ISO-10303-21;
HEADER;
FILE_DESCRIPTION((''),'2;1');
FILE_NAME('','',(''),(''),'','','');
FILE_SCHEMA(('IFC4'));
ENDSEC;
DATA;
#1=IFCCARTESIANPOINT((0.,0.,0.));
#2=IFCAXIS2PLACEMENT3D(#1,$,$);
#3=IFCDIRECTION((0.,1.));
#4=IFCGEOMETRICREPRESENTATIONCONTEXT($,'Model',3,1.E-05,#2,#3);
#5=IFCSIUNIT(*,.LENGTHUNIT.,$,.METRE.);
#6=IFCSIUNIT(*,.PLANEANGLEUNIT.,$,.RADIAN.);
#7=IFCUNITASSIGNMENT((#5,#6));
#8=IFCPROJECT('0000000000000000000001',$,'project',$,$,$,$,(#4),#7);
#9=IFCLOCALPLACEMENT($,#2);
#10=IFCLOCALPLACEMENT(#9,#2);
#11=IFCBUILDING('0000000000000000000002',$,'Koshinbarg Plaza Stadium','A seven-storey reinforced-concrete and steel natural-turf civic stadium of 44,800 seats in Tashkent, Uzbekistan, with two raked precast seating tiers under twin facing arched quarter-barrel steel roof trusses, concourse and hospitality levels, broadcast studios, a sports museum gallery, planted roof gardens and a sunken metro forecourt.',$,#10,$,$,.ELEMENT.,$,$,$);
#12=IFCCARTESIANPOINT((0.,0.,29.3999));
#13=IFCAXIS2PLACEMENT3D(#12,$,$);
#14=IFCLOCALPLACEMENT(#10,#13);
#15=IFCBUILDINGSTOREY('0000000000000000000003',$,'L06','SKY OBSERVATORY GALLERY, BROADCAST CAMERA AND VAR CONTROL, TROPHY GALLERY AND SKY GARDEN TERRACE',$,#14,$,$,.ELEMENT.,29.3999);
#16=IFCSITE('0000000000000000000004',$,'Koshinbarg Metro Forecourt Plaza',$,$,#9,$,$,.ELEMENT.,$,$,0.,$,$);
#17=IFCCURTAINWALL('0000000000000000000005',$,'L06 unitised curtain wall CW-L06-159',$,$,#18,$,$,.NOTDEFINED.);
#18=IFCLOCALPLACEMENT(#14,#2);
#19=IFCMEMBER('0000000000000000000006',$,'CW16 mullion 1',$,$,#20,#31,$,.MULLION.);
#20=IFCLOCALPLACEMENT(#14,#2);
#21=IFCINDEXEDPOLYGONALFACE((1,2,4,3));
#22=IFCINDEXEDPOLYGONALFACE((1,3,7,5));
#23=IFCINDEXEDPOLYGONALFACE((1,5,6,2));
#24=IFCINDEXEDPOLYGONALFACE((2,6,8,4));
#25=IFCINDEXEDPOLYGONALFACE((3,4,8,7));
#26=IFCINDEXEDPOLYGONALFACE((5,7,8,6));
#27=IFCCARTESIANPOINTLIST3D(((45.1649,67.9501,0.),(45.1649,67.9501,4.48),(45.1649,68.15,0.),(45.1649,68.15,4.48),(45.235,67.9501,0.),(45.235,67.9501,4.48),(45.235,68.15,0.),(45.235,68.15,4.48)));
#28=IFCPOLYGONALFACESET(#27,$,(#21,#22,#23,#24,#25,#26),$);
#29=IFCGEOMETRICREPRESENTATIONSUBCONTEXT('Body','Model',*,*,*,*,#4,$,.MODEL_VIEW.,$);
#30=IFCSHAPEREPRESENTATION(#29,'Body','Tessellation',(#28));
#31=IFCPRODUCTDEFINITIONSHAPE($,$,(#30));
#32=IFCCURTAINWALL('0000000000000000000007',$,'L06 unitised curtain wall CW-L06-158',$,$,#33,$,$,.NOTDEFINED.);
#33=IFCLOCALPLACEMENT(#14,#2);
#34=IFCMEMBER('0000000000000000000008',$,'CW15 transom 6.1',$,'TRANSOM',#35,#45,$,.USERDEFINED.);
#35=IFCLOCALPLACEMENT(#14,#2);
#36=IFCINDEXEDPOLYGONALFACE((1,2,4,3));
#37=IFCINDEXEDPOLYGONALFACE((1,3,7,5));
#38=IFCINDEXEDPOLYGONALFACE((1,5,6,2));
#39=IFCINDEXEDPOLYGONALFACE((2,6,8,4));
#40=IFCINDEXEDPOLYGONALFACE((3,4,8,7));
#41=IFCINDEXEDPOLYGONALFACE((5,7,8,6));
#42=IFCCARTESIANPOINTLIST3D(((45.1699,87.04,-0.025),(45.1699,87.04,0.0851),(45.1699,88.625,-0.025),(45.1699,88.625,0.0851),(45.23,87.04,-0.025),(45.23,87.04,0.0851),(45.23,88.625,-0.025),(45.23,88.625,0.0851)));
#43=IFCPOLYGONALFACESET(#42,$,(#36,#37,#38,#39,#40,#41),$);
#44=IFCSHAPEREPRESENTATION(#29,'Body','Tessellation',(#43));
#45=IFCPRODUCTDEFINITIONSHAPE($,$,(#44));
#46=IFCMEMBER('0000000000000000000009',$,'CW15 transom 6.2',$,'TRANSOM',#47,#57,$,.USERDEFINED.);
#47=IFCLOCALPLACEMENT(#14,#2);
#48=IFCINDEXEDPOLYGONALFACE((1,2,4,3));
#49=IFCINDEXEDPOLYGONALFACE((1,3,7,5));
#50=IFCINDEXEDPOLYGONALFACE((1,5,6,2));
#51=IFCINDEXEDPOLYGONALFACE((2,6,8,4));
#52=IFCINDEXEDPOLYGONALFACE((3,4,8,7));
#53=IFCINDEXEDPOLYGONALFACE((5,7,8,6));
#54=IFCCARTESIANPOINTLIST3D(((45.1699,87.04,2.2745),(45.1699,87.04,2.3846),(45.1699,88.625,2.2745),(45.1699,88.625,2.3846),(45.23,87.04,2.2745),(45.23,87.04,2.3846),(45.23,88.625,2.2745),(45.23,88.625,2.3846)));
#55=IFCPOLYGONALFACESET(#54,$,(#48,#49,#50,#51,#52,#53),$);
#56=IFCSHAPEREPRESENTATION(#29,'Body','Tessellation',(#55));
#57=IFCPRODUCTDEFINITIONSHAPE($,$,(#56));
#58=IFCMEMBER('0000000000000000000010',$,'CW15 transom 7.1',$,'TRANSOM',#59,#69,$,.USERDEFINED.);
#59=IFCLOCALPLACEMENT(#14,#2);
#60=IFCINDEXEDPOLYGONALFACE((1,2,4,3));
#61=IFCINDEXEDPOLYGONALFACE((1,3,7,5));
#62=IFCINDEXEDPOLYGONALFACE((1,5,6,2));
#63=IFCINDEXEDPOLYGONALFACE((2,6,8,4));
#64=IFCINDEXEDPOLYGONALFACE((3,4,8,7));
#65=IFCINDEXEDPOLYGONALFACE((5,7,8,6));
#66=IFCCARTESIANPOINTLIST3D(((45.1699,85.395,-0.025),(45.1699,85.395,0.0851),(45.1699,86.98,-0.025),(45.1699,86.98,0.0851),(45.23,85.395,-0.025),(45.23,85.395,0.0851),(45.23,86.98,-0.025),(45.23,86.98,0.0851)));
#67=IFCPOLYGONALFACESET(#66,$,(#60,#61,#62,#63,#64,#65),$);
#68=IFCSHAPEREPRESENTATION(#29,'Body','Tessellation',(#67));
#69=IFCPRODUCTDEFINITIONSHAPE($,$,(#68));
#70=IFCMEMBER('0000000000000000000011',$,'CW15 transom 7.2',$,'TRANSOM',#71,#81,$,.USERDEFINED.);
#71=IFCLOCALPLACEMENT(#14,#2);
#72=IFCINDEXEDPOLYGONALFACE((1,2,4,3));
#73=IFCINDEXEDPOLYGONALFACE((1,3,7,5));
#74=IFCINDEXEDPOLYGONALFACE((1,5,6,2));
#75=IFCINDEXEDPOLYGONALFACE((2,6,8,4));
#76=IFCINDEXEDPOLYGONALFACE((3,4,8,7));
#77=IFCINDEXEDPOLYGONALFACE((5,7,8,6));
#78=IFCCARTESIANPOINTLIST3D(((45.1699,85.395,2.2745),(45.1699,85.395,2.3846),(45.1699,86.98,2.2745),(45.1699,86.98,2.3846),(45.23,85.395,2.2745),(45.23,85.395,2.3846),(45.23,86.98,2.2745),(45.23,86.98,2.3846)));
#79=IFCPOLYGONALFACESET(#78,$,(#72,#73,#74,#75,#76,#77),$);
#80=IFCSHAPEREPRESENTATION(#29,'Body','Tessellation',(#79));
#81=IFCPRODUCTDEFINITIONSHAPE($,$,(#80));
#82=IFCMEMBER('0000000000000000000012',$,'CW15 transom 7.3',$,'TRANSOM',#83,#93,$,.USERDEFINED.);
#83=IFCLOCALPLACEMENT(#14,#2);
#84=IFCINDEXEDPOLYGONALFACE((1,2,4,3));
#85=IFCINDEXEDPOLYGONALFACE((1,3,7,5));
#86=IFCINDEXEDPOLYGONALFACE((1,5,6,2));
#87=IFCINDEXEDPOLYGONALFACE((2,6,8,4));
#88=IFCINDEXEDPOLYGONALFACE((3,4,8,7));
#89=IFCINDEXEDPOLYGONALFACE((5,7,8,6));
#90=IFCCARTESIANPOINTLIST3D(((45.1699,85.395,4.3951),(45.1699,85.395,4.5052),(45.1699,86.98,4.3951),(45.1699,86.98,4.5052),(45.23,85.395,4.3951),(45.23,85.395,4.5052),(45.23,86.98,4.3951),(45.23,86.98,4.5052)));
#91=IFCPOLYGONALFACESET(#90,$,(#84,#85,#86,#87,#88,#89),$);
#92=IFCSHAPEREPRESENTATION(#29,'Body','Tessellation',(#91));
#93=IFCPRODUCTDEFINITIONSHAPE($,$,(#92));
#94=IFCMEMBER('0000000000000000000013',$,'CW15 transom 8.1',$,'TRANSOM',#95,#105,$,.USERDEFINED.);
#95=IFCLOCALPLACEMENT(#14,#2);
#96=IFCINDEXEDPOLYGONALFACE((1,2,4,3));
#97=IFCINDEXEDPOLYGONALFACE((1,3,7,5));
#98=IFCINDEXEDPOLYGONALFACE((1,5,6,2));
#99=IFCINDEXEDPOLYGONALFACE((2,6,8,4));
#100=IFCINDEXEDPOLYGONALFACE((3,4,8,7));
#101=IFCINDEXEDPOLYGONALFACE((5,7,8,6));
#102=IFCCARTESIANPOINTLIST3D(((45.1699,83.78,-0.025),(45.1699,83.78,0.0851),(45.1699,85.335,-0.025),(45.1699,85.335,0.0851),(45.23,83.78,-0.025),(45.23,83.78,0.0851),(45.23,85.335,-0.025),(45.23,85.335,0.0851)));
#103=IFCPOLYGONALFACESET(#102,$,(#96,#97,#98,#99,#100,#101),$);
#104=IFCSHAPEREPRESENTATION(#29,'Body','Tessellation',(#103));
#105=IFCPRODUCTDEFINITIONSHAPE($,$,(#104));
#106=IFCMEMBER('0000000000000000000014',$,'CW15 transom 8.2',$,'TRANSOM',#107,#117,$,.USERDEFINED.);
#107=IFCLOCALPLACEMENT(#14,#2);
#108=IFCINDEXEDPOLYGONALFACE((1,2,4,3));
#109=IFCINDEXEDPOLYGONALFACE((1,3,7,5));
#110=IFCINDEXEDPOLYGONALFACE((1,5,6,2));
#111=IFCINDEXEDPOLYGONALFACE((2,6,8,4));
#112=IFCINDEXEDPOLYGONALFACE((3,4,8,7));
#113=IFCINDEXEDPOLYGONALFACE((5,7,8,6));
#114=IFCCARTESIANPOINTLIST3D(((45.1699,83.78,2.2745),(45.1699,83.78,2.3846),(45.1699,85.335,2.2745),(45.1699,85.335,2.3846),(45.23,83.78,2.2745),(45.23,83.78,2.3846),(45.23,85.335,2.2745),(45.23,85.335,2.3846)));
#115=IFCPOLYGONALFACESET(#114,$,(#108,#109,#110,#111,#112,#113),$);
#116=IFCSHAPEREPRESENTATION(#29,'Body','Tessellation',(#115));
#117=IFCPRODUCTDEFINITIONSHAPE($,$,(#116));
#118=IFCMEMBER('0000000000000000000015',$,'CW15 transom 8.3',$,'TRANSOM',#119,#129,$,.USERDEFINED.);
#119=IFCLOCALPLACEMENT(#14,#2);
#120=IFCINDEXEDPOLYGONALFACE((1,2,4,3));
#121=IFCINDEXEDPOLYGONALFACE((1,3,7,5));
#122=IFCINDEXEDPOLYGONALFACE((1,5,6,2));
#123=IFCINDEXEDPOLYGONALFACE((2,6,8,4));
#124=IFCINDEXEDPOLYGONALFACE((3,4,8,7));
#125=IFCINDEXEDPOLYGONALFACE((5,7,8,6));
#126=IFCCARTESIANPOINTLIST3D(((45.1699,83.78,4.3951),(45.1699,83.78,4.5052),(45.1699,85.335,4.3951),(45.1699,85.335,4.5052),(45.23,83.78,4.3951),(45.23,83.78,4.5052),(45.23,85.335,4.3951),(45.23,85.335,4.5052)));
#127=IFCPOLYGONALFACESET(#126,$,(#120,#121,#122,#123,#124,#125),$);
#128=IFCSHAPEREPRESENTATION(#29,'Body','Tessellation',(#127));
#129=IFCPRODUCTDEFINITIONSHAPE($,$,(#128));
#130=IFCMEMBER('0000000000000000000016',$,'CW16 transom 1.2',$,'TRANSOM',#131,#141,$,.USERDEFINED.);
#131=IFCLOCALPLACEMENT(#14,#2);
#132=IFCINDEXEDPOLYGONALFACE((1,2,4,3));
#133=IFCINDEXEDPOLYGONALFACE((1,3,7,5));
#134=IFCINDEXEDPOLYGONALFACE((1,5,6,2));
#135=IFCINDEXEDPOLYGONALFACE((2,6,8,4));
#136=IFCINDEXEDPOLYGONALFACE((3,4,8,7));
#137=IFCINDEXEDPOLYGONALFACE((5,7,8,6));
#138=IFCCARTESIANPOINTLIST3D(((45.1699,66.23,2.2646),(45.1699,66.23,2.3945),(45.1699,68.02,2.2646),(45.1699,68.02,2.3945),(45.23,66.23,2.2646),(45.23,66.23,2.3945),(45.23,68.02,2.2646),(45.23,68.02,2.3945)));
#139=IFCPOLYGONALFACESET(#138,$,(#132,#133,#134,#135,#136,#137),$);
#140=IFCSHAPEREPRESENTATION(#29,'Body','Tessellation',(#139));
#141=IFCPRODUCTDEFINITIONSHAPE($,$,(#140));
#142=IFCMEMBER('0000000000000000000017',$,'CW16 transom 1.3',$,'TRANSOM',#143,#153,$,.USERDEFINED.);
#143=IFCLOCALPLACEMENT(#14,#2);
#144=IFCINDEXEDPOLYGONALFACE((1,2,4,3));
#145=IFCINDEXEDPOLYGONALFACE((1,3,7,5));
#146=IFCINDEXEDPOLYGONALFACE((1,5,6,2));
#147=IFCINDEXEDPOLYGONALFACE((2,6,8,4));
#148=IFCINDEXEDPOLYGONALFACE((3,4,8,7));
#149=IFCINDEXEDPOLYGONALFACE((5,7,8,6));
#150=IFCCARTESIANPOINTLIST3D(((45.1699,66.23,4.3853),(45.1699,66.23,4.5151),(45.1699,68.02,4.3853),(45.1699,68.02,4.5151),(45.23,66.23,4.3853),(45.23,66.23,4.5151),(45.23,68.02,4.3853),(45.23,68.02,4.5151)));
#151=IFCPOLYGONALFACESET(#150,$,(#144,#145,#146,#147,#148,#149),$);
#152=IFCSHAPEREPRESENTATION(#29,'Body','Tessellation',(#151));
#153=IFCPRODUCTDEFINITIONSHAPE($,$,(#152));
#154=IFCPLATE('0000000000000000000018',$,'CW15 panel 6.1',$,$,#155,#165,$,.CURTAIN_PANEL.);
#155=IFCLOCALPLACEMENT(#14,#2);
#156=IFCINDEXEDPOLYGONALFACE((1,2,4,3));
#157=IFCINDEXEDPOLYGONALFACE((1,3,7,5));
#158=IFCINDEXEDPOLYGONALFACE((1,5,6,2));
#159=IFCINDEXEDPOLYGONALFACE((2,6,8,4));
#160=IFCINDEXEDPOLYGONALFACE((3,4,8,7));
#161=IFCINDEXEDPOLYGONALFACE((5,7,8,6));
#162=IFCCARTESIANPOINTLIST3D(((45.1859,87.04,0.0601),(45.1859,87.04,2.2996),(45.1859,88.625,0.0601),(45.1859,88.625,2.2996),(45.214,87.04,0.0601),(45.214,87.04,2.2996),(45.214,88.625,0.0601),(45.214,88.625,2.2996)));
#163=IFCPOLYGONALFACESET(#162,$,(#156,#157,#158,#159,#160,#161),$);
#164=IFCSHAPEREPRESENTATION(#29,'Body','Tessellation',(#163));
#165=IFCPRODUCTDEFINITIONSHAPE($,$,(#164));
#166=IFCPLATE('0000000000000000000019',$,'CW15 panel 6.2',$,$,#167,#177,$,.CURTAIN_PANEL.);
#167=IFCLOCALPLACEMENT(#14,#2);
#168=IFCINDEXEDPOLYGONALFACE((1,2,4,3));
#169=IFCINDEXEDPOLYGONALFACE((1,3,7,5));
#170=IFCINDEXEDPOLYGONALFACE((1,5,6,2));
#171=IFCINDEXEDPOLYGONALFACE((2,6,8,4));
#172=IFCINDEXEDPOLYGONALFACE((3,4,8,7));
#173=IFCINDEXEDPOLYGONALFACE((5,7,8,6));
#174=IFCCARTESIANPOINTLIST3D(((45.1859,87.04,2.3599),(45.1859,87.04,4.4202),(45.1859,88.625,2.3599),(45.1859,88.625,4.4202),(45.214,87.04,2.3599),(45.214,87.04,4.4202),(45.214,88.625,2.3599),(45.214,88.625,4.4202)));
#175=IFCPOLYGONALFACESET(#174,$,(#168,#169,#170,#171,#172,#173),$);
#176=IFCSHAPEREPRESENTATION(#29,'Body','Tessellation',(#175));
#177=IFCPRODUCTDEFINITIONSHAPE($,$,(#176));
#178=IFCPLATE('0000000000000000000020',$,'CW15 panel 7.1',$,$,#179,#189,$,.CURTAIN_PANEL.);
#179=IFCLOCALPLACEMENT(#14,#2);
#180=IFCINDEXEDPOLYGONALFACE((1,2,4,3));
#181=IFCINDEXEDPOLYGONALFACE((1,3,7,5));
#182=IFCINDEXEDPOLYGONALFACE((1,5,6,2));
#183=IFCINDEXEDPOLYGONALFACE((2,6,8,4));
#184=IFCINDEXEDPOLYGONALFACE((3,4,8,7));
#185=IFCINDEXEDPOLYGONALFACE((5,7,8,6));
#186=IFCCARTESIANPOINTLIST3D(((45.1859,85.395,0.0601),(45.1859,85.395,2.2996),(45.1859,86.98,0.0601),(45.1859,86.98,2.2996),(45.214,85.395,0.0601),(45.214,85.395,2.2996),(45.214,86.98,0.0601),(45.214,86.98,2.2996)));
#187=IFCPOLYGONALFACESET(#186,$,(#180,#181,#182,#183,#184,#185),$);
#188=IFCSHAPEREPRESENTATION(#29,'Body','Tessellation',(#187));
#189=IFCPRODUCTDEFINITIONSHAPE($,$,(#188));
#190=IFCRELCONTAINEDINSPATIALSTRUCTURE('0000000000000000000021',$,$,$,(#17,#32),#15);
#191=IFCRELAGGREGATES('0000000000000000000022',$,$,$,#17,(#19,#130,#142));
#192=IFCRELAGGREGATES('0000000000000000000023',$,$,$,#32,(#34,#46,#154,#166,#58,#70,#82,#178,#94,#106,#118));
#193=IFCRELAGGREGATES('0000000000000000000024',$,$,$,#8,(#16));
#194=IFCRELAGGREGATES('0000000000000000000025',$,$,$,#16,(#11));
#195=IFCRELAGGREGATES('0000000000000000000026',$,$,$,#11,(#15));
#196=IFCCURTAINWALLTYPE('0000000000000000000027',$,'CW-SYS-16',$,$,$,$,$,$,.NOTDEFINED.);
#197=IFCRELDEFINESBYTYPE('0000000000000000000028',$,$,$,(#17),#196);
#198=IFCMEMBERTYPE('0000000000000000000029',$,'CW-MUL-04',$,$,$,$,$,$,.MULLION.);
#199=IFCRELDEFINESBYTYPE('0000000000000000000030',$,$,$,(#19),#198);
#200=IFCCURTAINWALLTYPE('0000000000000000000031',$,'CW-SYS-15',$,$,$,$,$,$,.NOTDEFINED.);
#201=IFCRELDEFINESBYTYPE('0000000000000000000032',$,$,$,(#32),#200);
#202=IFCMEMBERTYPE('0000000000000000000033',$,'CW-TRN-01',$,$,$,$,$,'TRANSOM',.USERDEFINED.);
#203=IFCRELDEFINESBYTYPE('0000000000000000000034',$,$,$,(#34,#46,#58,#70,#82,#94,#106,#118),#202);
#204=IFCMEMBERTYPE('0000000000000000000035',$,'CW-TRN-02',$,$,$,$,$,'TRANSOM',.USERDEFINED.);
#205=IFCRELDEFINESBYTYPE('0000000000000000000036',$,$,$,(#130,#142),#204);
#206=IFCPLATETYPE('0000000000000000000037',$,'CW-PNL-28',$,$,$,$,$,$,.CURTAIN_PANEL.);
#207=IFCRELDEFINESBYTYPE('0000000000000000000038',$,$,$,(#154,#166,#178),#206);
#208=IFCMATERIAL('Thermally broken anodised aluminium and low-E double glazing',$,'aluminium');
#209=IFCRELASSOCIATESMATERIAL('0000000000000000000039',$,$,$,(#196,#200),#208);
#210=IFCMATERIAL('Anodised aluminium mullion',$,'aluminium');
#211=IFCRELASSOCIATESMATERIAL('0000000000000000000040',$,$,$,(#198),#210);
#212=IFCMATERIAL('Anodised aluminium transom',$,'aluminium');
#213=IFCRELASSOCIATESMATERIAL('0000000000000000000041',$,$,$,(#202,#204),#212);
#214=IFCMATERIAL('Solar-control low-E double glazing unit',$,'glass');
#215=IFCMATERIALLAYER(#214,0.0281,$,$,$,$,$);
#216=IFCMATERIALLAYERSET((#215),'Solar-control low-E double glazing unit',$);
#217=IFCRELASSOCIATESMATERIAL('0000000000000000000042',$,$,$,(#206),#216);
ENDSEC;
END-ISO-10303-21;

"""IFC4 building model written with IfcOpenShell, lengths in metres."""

from ifc_helpers import new_model, si_unit, direction, frame, origin, origin_2d, place, context, subcontext, project, spatial, rectangle, extrude, material, layer, layer_set, material_profile, profile_set, type_object, element, aggregate, save


model = new_model("IFC4")

# Units and contexts
model_context = context("Model", 3, precision=1e-05, world=origin(), true_north=direction((0.0, 1.0)))
body_context = subcontext(model_context, "Body", "Model", "MODEL_VIEW")
ifc_project = project(units=[si_unit("LENGTHUNIT", "METRE"), si_unit("PLANEANGLEUNIT", "RADIAN")], contexts=[model_context])

# Site, building, storey
site_placement = place(None, origin())
site = spatial("IfcSite", under=ifc_project, at=site_placement, Name="Koshinbarg Metro Forecourt Plaza", CompositionType="ELEMENT", RefElevation=0.0)
building_placement = place(site_placement, origin())
building = spatial("IfcBuilding", under=site, at=building_placement, Name="Koshinbarg Plaza Stadium", Description="A seven-storey reinforced-concrete and steel natural-turf civic stadium of 44,800 seats in Tashkent, Uzbekistan, with two raked precast seating tiers under twin facing arched quarter-barrel steel roof trusses, concourse and hospitality levels, broadcast studios, a sports museum gallery, planted roof gardens and a sunken metro forecourt.", CompositionType="ELEMENT")
storey_placement = place(building_placement, frame((0.0, 0.0, 29.3999)))
storey = spatial("IfcBuildingStorey", under=building, at=storey_placement, Name="L06", Description="SKY OBSERVATORY GALLERY, BROADCAST CAMERA AND VAR CONTROL, TROPHY GALLERY AND SKY GARDEN TERRACE", CompositionType="ELEMENT", Elevation=29.3999)

# Curtain wall, member
ifc_material_1 = material(Name="Thermally broken anodised aluminium and low-E double glazing", Category="aluminium")
curtain_wall_type_1 = type_object("IfcCurtainWallType", Name="CW-SYS-16", PredefinedType="NOTDEFINED", material=ifc_material_1)
curtain_wall_1_placement = place(storey_placement, origin())
curtain_wall_1 = element("IfcCurtainWall", 1, at=curtain_wall_1_placement, inside=storey, type_object=curtain_wall_type_1, Name="L06 unitised curtain wall CW-L06-159", PredefinedType="NOTDEFINED")
ifc_material_2 = material(Name="Anodised aluminium mullion", Category="aluminium")
ifc_material_profile_1 = material_profile(ifc_material_2, rectangle(XDim=0.0701, YDim=0.2, at=origin_2d()), Name="ALU 70x200")
ifc_profile_set_1 = profile_set([ifc_material_profile_1], Name="Anodised aluminium mullion")
member_type_1 = type_object("IfcMemberType", Name="CW-MUL-04", PredefinedType="MULLION", material=ifc_profile_set_1)
member_1_placement = place(storey_placement, frame((45.2, 68.05, 0.0), z_axis=(0.0, 0.0, 1.0), x_axis=(1.0, 0.0, 0.0)))
member_1 = element("IfcMember", 2, at=member_1_placement, type_object=member_type_1, Name="CW16 mullion 1", PredefinedType="MULLION", context=body_context, shape_type="SweptSolid", body=[
    extrude(rectangle(XDim=0.0701, YDim=0.2, at=origin_2d()), origin(), (0.0, 0.0, 1.0), 4.48),
])

# Curtain wall, members
curtain_wall_type_2 = type_object("IfcCurtainWallType", Name="CW-SYS-15", PredefinedType="NOTDEFINED", material=ifc_material_1)
curtain_wall_2_placement = place(storey_placement, origin())
curtain_wall_2 = element("IfcCurtainWall", 3, at=curtain_wall_2_placement, inside=storey, type_object=curtain_wall_type_2, Name="L06 unitised curtain wall CW-L06-158", PredefinedType="NOTDEFINED")
ifc_material_3 = material(Name="Anodised aluminium transom", Category="aluminium")
ifc_material_profile_2 = material_profile(ifc_material_3, rectangle(XDim=0.0601, YDim=0.1101, at=origin_2d()), Name="ALU 60x110")
ifc_profile_set_2 = profile_set([ifc_material_profile_2], Name="Anodised aluminium transom")
member_type_2 = type_object("IfcMemberType", Name="CW-TRN-01", ElementType="TRANSOM", PredefinedType="USERDEFINED", material=ifc_profile_set_2)
member_2_placement = place(storey_placement, frame((45.2, 88.625, 0.03), z_axis=(0.0, -1.0, 0.0), x_axis=(1.0, 0.0, 0.0)))
member_2 = element("IfcMember", 4, at=member_2_placement, type_object=member_type_2, Name="CW15 transom 6.1", ObjectType="TRANSOM", PredefinedType="USERDEFINED", context=body_context, shape_type="SweptSolid", body=[
    extrude(rectangle(XDim=0.0601, YDim=0.1101, at=origin_2d()), origin(), (0.0, 0.0, 1.0), 1.585),
])
member_3_placement = place(storey_placement, frame((45.2, 88.625, 2.3296), z_axis=(0.0, -1.0, 0.0), x_axis=(1.0, 0.0, 0.0)))
member_3 = element("IfcMember", 5, at=member_3_placement, type_object=member_type_2, Name="CW15 transom 6.2", ObjectType="TRANSOM", PredefinedType="USERDEFINED", context=body_context, shape_type="SweptSolid", body=[
    extrude(rectangle(XDim=0.0601, YDim=0.1101, at=origin_2d()), origin(), (0.0, 0.0, 1.0), 1.585),
])
member_4_placement = place(storey_placement, frame((45.2, 86.98, 0.03), z_axis=(0.0, -1.0, 0.0), x_axis=(1.0, 0.0, 0.0)))
member_4 = element("IfcMember", 6, at=member_4_placement, type_object=member_type_2, Name="CW15 transom 7.1", ObjectType="TRANSOM", PredefinedType="USERDEFINED", context=body_context, shape_type="SweptSolid", body=[
    extrude(rectangle(XDim=0.0601, YDim=0.1101, at=origin_2d()), origin(), (0.0, 0.0, 1.0), 1.585),
])
member_5_placement = place(storey_placement, frame((45.2, 86.98, 2.3296), z_axis=(0.0, -1.0, 0.0), x_axis=(1.0, 0.0, 0.0)))
member_5 = element("IfcMember", 7, at=member_5_placement, type_object=member_type_2, Name="CW15 transom 7.2", ObjectType="TRANSOM", PredefinedType="USERDEFINED", context=body_context, shape_type="SweptSolid", body=[
    extrude(rectangle(XDim=0.0601, YDim=0.1101, at=origin_2d()), origin(), (0.0, 0.0, 1.0), 1.585),
])
member_6_placement = place(storey_placement, frame((45.2, 86.98, 4.4502), z_axis=(0.0, -1.0, 0.0), x_axis=(1.0, 0.0, 0.0)))
member_6 = element("IfcMember", 8, at=member_6_placement, type_object=member_type_2, Name="CW15 transom 7.3", ObjectType="TRANSOM", PredefinedType="USERDEFINED", context=body_context, shape_type="SweptSolid", body=[
    extrude(rectangle(XDim=0.0601, YDim=0.1101, at=origin_2d()), origin(), (0.0, 0.0, 1.0), 1.585),
])
member_7_placement = place(storey_placement, frame((45.2, 85.335, 0.03), z_axis=(0.0, -1.0, 0.0), x_axis=(1.0, 0.0, 0.0)))
member_7 = element("IfcMember", 9, at=member_7_placement, type_object=member_type_2, Name="CW15 transom 8.1", ObjectType="TRANSOM", PredefinedType="USERDEFINED", context=body_context, shape_type="SweptSolid", body=[
    extrude(rectangle(XDim=0.0601, YDim=0.1101, at=origin_2d()), origin(), (0.0, 0.0, 1.0), 1.5549),
])
member_8_placement = place(storey_placement, frame((45.2, 85.335, 2.3296), z_axis=(0.0, -1.0, 0.0), x_axis=(1.0, 0.0, 0.0)))
member_8 = element("IfcMember", 10, at=member_8_placement, type_object=member_type_2, Name="CW15 transom 8.2", ObjectType="TRANSOM", PredefinedType="USERDEFINED", context=body_context, shape_type="SweptSolid", body=[
    extrude(rectangle(XDim=0.0601, YDim=0.1101, at=origin_2d()), origin(), (0.0, 0.0, 1.0), 1.5549),
])
member_9_placement = place(storey_placement, frame((45.2, 85.335, 4.4502), z_axis=(0.0, -1.0, 0.0), x_axis=(1.0, 0.0, 0.0)))
member_9 = element("IfcMember", 11, at=member_9_placement, type_object=member_type_2, Name="CW15 transom 8.3", ObjectType="TRANSOM", PredefinedType="USERDEFINED", context=body_context, shape_type="SweptSolid", body=[
    extrude(rectangle(XDim=0.0601, YDim=0.1101, at=origin_2d()), origin(), (0.0, 0.0, 1.0), 1.5549),
])

# Members
ifc_material_profile_3 = material_profile(ifc_material_3, rectangle(XDim=0.0601, YDim=0.1299, at=origin_2d()), Name="ALU 60x130")
ifc_profile_set_3 = profile_set([ifc_material_profile_3], Name="Anodised aluminium transom")
member_type_3 = type_object("IfcMemberType", Name="CW-TRN-02", ElementType="TRANSOM", PredefinedType="USERDEFINED", material=ifc_profile_set_3)
member_10_placement = place(storey_placement, frame((45.2, 68.02, 2.3296), z_axis=(0.0, -1.0, 0.0), x_axis=(1.0, 0.0, 0.0)))
member_10 = element("IfcMember", 12, at=member_10_placement, type_object=member_type_3, Name="CW16 transom 1.2", ObjectType="TRANSOM", PredefinedType="USERDEFINED", context=body_context, shape_type="SweptSolid", body=[
    extrude(rectangle(XDim=0.0601, YDim=0.1299, at=origin_2d()), origin(), (0.0, 0.0, 1.0), 1.79),
])
member_11_placement = place(storey_placement, frame((45.2, 68.02, 4.4502), z_axis=(0.0, -1.0, 0.0), x_axis=(1.0, 0.0, 0.0)))
member_11 = element("IfcMember", 13, at=member_11_placement, type_object=member_type_3, Name="CW16 transom 1.3", ObjectType="TRANSOM", PredefinedType="USERDEFINED", context=body_context, shape_type="SweptSolid", body=[
    extrude(rectangle(XDim=0.0601, YDim=0.1299, at=origin_2d()), origin(), (0.0, 0.0, 1.0), 1.79),
])
aggregate(curtain_wall_1, [member_1, member_10, member_11])

# Plates
ifc_material_4 = material(Name="Solar-control low-E double glazing unit", Category="glass")
ifc_layer_1 = layer(ifc_material_4, 0.0281)
ifc_layer_set_1 = layer_set([ifc_layer_1], Name="Solar-control low-E double glazing unit")
plate_type = type_object("IfcPlateType", Name="CW-PNL-28", PredefinedType="CURTAIN_PANEL", material=ifc_layer_set_1)
plate_1_placement = place(storey_placement, frame((45.2, 87.8325, 0.0601), z_axis=(0.0, 0.0, 1.0), x_axis=(0.0, -1.0, 0.0)))
plate_1 = element("IfcPlate", 14, at=plate_1_placement, type_object=plate_type, Name="CW15 panel 6.1", PredefinedType="CURTAIN_PANEL", context=body_context, shape_type="SweptSolid", body=[
    extrude(rectangle(XDim=1.585, YDim=0.0281, at=origin_2d()), origin(), (0.0, 0.0, 1.0), 2.2395),
])
plate_2_placement = place(storey_placement, frame((45.2, 87.8325, 2.3599), z_axis=(0.0, 0.0, 1.0), x_axis=(0.0, -1.0, 0.0)))
plate_2 = element("IfcPlate", 15, at=plate_2_placement, type_object=plate_type, Name="CW15 panel 6.2", PredefinedType="CURTAIN_PANEL", context=body_context, shape_type="SweptSolid", body=[
    extrude(rectangle(XDim=1.585, YDim=0.0281, at=origin_2d()), origin(), (0.0, 0.0, 1.0), 2.0603),
])
plate_3_placement = place(storey_placement, frame((45.2, 86.1875, 0.0601), z_axis=(0.0, 0.0, 1.0), x_axis=(0.0, -1.0, 0.0)))
plate_3 = element("IfcPlate", 16, at=plate_3_placement, type_object=plate_type, Name="CW15 panel 7.1", PredefinedType="CURTAIN_PANEL", context=body_context, shape_type="SweptSolid", body=[
    extrude(rectangle(XDim=1.585, YDim=0.0281, at=origin_2d()), origin(), (0.0, 0.0, 1.0), 2.2395),
])
aggregate(curtain_wall_2, [member_2, member_3, plate_1, plate_2, member_4, member_5, member_6, plate_3, member_7, member_8, member_9])

save(model, "model.ifc")
